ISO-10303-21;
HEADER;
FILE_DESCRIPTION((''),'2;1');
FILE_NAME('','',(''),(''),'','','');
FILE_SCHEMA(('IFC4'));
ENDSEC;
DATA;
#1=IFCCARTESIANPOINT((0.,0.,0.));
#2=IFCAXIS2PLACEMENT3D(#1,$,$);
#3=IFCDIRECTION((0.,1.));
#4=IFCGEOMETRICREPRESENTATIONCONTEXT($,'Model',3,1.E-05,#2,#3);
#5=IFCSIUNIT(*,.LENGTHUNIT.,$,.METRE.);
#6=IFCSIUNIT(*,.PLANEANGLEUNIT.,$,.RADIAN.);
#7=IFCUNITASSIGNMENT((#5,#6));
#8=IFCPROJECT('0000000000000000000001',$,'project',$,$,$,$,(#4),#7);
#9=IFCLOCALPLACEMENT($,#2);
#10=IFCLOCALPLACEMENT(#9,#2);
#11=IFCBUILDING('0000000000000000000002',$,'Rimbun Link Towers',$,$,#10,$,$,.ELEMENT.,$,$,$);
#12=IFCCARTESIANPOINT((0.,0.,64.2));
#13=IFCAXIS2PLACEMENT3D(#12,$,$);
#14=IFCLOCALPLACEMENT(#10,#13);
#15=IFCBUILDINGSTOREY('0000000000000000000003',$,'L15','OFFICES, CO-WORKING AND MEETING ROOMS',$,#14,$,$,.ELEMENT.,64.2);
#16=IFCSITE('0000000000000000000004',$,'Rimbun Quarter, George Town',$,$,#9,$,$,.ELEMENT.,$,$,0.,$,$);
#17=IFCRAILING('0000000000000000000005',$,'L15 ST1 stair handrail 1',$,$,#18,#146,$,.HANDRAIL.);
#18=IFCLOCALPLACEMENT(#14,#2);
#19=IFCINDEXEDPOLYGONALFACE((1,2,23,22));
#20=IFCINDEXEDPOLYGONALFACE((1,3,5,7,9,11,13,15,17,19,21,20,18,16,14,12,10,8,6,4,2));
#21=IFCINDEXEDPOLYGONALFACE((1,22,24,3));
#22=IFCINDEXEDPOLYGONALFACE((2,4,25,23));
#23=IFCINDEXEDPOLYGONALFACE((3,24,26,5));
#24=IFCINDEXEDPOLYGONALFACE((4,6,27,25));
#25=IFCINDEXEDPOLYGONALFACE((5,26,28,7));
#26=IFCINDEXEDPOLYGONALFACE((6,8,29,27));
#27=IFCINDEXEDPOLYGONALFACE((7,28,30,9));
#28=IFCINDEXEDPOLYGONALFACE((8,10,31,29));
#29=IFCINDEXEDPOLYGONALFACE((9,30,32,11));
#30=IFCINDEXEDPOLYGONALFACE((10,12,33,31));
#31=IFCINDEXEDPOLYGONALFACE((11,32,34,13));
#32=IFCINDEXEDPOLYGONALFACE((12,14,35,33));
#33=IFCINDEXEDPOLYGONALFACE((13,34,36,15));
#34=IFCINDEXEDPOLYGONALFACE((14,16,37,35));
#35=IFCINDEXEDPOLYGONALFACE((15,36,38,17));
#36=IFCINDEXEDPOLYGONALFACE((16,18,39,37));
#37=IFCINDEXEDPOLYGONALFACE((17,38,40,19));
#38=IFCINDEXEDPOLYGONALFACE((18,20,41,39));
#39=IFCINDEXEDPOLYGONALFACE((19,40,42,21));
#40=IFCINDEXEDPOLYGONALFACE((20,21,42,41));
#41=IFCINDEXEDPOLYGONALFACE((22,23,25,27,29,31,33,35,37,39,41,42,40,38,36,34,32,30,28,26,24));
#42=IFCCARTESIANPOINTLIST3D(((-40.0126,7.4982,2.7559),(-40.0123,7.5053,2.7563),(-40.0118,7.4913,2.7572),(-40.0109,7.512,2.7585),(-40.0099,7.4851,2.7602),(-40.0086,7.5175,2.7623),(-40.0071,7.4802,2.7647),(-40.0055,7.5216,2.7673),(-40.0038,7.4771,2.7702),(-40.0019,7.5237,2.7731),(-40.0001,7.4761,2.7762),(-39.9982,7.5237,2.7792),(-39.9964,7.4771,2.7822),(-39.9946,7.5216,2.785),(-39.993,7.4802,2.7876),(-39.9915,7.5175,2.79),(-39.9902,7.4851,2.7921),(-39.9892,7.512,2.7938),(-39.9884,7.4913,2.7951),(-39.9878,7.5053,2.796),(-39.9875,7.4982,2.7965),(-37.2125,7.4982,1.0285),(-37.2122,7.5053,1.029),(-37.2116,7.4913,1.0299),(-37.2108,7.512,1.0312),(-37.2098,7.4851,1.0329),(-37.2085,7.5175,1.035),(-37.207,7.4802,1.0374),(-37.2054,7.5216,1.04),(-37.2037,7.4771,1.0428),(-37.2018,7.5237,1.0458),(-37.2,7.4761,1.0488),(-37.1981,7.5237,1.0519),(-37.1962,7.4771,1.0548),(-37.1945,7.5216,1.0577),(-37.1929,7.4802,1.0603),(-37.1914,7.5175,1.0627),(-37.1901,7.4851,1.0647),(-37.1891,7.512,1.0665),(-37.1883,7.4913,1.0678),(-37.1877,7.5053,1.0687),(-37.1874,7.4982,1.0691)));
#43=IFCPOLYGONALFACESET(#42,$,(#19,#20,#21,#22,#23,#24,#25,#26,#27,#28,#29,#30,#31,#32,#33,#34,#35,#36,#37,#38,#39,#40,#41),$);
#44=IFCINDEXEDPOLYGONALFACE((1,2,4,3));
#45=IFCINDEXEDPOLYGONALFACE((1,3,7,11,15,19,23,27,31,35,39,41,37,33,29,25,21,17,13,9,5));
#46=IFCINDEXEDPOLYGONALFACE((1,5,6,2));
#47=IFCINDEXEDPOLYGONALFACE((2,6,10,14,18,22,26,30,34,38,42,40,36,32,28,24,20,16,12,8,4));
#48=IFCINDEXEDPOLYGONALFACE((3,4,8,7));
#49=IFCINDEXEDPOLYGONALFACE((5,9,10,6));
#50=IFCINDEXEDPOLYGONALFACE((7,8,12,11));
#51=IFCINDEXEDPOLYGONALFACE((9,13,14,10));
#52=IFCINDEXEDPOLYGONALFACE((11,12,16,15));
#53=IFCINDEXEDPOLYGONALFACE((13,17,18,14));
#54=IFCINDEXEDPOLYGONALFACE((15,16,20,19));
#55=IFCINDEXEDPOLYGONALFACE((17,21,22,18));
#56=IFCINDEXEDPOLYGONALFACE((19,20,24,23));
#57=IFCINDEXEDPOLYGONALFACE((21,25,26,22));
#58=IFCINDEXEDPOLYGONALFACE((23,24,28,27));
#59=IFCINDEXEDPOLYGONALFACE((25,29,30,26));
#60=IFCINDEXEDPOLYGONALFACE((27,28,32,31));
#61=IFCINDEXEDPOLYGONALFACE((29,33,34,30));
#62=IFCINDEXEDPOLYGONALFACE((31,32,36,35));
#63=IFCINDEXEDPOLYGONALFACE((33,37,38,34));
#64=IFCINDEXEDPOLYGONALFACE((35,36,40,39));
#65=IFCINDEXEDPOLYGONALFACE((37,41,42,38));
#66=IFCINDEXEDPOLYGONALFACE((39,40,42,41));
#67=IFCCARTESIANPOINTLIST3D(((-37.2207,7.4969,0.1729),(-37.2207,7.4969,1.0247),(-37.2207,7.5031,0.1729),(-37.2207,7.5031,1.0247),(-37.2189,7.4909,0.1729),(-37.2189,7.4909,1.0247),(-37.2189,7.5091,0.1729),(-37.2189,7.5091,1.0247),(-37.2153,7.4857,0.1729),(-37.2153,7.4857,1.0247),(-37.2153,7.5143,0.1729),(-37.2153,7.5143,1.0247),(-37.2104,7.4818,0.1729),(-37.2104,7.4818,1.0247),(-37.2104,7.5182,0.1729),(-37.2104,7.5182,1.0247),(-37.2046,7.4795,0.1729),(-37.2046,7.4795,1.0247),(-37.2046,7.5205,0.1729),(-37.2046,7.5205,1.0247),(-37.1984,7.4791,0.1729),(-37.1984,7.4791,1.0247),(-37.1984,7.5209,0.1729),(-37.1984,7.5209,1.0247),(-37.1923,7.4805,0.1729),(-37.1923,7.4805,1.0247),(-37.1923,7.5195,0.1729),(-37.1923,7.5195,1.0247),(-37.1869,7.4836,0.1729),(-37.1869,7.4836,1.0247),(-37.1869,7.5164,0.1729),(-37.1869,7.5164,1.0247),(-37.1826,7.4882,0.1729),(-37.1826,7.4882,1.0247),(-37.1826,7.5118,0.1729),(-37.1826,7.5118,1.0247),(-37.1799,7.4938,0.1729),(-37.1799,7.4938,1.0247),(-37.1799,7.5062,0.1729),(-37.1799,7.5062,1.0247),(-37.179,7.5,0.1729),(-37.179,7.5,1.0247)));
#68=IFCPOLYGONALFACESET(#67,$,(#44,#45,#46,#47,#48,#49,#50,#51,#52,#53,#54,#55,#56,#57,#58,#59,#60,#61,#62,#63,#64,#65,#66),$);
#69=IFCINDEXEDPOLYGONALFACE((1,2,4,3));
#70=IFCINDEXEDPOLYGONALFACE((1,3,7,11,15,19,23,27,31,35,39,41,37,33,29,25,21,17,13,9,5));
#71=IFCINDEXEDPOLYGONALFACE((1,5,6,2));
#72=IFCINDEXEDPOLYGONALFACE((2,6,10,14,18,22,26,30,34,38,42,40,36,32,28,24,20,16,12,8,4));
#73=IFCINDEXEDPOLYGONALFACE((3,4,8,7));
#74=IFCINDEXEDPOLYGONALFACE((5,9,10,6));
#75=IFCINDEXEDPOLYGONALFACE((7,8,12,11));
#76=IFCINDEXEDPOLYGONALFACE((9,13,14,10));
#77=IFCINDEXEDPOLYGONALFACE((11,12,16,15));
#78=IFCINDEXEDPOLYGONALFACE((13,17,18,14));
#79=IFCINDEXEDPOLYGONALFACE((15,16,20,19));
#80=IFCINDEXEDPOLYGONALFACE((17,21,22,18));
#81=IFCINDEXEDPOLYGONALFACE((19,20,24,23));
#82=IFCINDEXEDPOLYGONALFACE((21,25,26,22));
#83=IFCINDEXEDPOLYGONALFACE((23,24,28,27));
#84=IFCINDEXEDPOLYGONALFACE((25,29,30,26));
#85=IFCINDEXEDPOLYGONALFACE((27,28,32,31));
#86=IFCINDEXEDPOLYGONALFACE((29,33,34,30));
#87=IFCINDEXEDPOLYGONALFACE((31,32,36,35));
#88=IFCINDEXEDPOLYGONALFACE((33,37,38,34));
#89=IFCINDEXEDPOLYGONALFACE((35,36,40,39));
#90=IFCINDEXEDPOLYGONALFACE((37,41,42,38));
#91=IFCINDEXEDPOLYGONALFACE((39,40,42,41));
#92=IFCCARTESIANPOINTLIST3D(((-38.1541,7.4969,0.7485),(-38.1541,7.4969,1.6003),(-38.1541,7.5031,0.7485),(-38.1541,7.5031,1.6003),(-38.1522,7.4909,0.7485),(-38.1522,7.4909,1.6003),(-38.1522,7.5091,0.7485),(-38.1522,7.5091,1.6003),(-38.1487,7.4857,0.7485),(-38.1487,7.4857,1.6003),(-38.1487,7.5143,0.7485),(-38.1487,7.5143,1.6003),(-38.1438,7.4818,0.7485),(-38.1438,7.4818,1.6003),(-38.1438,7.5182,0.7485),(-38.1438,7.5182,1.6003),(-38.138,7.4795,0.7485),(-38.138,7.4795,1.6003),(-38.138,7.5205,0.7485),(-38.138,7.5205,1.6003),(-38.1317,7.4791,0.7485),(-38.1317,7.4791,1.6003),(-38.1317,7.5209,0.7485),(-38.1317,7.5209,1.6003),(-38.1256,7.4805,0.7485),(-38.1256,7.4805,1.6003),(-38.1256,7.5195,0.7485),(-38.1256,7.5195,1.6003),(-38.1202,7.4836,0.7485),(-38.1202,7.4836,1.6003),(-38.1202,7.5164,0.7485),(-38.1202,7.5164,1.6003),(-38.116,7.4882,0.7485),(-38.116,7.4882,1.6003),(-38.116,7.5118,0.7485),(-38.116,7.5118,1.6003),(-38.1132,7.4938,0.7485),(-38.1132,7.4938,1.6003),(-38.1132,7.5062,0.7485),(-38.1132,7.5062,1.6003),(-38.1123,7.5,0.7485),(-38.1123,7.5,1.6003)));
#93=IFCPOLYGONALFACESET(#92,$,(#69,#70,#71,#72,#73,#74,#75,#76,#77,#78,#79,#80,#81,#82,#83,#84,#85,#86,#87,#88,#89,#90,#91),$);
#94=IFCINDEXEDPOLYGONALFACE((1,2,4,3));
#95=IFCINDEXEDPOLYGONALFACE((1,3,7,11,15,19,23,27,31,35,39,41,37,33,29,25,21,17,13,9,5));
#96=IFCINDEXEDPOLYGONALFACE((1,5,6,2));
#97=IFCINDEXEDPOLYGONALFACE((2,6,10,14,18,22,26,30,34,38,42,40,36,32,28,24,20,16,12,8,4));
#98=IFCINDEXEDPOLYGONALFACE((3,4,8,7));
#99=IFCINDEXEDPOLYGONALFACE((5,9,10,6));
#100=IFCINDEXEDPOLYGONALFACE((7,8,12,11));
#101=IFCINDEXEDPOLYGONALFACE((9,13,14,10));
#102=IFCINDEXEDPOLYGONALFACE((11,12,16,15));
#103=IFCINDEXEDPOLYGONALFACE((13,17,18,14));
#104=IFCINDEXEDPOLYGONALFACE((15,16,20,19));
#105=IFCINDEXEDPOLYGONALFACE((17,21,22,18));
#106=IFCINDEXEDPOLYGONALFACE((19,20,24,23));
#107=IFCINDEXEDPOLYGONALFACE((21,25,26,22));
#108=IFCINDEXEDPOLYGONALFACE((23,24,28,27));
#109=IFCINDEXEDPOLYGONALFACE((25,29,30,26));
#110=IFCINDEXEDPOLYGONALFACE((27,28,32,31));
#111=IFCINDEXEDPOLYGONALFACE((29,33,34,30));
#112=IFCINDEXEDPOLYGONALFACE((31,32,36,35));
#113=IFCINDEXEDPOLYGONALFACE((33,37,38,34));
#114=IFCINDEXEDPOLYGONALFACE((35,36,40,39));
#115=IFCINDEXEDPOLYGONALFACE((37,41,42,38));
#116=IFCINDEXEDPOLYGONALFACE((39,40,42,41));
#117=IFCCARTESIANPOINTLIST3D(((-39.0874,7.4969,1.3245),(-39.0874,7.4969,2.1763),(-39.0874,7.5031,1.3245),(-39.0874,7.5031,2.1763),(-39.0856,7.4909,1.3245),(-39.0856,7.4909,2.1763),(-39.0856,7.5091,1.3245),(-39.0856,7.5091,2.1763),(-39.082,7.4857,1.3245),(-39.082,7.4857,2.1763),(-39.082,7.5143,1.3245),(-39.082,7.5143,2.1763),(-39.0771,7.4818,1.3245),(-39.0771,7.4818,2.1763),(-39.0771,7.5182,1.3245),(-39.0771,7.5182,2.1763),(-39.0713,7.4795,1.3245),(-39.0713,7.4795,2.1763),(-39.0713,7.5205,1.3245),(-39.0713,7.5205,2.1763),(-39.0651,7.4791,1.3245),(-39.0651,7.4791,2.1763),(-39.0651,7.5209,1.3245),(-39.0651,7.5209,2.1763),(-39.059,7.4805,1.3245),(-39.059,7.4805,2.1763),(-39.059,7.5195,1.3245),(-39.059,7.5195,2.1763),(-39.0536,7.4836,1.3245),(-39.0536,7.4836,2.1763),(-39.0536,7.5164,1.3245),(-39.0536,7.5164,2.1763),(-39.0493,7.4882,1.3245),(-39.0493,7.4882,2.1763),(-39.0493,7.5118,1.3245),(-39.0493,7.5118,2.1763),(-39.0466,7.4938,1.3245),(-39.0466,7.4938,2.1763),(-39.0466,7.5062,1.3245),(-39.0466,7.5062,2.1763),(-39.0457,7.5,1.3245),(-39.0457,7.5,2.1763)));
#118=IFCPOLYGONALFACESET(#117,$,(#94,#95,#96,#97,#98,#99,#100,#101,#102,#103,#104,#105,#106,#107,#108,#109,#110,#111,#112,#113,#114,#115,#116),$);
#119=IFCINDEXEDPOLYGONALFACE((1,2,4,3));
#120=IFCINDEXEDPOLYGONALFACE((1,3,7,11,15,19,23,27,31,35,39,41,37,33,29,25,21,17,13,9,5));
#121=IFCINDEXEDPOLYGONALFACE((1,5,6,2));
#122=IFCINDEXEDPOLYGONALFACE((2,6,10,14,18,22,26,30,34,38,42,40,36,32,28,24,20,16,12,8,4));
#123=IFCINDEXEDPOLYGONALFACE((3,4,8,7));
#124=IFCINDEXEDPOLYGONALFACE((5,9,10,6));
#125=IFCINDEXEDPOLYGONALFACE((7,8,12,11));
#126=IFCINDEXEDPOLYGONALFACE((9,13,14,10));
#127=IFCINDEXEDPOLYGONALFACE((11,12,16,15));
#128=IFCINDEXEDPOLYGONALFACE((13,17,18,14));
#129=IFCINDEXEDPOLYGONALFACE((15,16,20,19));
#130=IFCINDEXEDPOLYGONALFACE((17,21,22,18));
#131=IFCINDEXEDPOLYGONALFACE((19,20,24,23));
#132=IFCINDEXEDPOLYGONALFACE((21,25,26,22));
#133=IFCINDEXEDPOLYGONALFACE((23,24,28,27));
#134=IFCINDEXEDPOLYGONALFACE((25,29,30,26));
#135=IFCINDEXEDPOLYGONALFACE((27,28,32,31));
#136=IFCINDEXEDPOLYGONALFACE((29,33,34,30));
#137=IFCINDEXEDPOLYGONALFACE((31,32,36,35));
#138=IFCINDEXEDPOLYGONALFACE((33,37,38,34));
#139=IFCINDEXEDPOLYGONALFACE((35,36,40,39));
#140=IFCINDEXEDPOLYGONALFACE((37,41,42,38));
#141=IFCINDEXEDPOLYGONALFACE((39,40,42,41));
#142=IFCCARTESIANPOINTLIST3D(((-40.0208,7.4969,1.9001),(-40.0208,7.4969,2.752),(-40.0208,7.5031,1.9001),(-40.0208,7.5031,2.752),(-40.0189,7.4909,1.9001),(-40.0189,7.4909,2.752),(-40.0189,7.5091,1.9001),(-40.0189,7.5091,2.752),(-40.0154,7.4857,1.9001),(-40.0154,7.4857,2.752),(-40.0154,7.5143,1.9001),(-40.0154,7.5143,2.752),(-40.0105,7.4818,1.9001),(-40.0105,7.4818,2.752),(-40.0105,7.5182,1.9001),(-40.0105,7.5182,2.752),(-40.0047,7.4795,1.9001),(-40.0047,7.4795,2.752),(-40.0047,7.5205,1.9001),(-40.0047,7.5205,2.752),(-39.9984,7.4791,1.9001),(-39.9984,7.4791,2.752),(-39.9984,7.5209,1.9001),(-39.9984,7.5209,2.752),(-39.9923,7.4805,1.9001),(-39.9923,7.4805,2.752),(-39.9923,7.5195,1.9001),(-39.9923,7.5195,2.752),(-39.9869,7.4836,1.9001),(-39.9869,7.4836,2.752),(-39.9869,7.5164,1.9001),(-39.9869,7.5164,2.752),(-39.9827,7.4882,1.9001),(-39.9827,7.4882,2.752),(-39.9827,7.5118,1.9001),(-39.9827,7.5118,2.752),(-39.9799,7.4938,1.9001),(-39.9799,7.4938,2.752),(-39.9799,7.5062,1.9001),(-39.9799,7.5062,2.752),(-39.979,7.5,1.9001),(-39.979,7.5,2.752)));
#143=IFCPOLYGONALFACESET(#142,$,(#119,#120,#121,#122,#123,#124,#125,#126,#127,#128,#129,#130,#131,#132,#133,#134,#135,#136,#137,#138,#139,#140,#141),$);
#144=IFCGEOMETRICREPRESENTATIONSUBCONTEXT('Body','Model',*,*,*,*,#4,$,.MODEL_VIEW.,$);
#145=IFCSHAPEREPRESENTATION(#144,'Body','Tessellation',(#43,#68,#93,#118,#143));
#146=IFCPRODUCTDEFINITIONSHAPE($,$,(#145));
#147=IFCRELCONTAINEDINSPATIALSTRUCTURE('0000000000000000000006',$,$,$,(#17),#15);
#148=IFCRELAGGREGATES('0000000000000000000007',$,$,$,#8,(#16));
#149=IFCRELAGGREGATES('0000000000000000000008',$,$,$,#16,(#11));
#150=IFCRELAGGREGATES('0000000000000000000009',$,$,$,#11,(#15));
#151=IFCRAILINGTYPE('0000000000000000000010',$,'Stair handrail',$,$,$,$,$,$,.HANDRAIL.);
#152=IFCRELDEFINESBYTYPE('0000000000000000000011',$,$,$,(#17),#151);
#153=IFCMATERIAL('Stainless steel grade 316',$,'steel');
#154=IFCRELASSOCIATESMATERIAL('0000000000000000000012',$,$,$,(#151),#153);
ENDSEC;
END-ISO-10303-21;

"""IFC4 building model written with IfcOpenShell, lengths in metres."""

from ifc_helpers import new_model, si_unit, direction, frame, origin, origin_2d, place, context, subcontext, project, spatial, circle, extrude, material, type_object, element, save


model = new_model("IFC4")

# Units and contexts
model_context = context("Model", 3, precision=1e-05, world=origin(), true_north=direction((0.0, 1.0)))
body_context = subcontext(model_context, "Body", "Model", "MODEL_VIEW")
ifc_project = project(units=[si_unit("LENGTHUNIT", "METRE"), si_unit("PLANEANGLEUNIT", "RADIAN")], contexts=[model_context])

# Site, building, storey
site_placement = place(None, origin())
site = spatial("IfcSite", under=ifc_project, at=site_placement, Name="Rimbun Quarter, George Town", CompositionType="ELEMENT", RefElevation=0.0)
building_placement = place(site_placement, origin())
building = spatial("IfcBuilding", under=site, at=building_placement, Name="Rimbun Link Towers", CompositionType="ELEMENT")
storey_placement = place(building_placement, frame((0.0, 0.0, 64.2)))
storey = spatial("IfcBuildingStorey", under=building, at=storey_placement, Name="L15", Description="OFFICES, CO-WORKING AND MEETING ROOMS", CompositionType="ELEMENT", Elevation=64.2)

# Railing
ifc_material_1 = material(Name="Stainless steel grade 316", Category="steel")
railing_type_1 = type_object("IfcRailingType", Name="Stair handrail", PredefinedType="HANDRAIL", material=ifc_material_1)
railing_1_placement = place(storey_placement, frame((-37.2, 7.5, 0.1729)))
element("IfcRailing", 1, at=railing_1_placement, inside=storey, type_object=railing_type_1, Name="L15 ST1 stair handrail 1", PredefinedType="HANDRAIL", context=body_context, shape_type="SweptSolid", body=[
    extrude(circle(Radius=0.0239, at=origin_2d()), frame((0.0, 0.0, 0.876), z_axis=(-0.85109, 0.0, 0.52502), x_axis=(0.0, -1.0, 0.0)), (0.0, 0.0, 1.0), 3.29),
    extrude(circle(Radius=0.021, at=origin_2d()), origin(), (0.0, 0.0, 1.0), 0.8518),
    extrude(circle(Radius=0.021, at=origin_2d()), frame((-0.9333, 0.0, 0.5757)), (0.0, 0.0, 1.0), 0.8518),
    extrude(circle(Radius=0.021, at=origin_2d()), frame((-1.8667, 0.0, 1.1516)), (0.0, 0.0, 1.0), 0.8518),
    extrude(circle(Radius=0.021, at=origin_2d()), frame((-2.8, 0.0, 1.7273)), (0.0, 0.0, 1.0), 0.8518),
])

save(model, "model.ifc")
